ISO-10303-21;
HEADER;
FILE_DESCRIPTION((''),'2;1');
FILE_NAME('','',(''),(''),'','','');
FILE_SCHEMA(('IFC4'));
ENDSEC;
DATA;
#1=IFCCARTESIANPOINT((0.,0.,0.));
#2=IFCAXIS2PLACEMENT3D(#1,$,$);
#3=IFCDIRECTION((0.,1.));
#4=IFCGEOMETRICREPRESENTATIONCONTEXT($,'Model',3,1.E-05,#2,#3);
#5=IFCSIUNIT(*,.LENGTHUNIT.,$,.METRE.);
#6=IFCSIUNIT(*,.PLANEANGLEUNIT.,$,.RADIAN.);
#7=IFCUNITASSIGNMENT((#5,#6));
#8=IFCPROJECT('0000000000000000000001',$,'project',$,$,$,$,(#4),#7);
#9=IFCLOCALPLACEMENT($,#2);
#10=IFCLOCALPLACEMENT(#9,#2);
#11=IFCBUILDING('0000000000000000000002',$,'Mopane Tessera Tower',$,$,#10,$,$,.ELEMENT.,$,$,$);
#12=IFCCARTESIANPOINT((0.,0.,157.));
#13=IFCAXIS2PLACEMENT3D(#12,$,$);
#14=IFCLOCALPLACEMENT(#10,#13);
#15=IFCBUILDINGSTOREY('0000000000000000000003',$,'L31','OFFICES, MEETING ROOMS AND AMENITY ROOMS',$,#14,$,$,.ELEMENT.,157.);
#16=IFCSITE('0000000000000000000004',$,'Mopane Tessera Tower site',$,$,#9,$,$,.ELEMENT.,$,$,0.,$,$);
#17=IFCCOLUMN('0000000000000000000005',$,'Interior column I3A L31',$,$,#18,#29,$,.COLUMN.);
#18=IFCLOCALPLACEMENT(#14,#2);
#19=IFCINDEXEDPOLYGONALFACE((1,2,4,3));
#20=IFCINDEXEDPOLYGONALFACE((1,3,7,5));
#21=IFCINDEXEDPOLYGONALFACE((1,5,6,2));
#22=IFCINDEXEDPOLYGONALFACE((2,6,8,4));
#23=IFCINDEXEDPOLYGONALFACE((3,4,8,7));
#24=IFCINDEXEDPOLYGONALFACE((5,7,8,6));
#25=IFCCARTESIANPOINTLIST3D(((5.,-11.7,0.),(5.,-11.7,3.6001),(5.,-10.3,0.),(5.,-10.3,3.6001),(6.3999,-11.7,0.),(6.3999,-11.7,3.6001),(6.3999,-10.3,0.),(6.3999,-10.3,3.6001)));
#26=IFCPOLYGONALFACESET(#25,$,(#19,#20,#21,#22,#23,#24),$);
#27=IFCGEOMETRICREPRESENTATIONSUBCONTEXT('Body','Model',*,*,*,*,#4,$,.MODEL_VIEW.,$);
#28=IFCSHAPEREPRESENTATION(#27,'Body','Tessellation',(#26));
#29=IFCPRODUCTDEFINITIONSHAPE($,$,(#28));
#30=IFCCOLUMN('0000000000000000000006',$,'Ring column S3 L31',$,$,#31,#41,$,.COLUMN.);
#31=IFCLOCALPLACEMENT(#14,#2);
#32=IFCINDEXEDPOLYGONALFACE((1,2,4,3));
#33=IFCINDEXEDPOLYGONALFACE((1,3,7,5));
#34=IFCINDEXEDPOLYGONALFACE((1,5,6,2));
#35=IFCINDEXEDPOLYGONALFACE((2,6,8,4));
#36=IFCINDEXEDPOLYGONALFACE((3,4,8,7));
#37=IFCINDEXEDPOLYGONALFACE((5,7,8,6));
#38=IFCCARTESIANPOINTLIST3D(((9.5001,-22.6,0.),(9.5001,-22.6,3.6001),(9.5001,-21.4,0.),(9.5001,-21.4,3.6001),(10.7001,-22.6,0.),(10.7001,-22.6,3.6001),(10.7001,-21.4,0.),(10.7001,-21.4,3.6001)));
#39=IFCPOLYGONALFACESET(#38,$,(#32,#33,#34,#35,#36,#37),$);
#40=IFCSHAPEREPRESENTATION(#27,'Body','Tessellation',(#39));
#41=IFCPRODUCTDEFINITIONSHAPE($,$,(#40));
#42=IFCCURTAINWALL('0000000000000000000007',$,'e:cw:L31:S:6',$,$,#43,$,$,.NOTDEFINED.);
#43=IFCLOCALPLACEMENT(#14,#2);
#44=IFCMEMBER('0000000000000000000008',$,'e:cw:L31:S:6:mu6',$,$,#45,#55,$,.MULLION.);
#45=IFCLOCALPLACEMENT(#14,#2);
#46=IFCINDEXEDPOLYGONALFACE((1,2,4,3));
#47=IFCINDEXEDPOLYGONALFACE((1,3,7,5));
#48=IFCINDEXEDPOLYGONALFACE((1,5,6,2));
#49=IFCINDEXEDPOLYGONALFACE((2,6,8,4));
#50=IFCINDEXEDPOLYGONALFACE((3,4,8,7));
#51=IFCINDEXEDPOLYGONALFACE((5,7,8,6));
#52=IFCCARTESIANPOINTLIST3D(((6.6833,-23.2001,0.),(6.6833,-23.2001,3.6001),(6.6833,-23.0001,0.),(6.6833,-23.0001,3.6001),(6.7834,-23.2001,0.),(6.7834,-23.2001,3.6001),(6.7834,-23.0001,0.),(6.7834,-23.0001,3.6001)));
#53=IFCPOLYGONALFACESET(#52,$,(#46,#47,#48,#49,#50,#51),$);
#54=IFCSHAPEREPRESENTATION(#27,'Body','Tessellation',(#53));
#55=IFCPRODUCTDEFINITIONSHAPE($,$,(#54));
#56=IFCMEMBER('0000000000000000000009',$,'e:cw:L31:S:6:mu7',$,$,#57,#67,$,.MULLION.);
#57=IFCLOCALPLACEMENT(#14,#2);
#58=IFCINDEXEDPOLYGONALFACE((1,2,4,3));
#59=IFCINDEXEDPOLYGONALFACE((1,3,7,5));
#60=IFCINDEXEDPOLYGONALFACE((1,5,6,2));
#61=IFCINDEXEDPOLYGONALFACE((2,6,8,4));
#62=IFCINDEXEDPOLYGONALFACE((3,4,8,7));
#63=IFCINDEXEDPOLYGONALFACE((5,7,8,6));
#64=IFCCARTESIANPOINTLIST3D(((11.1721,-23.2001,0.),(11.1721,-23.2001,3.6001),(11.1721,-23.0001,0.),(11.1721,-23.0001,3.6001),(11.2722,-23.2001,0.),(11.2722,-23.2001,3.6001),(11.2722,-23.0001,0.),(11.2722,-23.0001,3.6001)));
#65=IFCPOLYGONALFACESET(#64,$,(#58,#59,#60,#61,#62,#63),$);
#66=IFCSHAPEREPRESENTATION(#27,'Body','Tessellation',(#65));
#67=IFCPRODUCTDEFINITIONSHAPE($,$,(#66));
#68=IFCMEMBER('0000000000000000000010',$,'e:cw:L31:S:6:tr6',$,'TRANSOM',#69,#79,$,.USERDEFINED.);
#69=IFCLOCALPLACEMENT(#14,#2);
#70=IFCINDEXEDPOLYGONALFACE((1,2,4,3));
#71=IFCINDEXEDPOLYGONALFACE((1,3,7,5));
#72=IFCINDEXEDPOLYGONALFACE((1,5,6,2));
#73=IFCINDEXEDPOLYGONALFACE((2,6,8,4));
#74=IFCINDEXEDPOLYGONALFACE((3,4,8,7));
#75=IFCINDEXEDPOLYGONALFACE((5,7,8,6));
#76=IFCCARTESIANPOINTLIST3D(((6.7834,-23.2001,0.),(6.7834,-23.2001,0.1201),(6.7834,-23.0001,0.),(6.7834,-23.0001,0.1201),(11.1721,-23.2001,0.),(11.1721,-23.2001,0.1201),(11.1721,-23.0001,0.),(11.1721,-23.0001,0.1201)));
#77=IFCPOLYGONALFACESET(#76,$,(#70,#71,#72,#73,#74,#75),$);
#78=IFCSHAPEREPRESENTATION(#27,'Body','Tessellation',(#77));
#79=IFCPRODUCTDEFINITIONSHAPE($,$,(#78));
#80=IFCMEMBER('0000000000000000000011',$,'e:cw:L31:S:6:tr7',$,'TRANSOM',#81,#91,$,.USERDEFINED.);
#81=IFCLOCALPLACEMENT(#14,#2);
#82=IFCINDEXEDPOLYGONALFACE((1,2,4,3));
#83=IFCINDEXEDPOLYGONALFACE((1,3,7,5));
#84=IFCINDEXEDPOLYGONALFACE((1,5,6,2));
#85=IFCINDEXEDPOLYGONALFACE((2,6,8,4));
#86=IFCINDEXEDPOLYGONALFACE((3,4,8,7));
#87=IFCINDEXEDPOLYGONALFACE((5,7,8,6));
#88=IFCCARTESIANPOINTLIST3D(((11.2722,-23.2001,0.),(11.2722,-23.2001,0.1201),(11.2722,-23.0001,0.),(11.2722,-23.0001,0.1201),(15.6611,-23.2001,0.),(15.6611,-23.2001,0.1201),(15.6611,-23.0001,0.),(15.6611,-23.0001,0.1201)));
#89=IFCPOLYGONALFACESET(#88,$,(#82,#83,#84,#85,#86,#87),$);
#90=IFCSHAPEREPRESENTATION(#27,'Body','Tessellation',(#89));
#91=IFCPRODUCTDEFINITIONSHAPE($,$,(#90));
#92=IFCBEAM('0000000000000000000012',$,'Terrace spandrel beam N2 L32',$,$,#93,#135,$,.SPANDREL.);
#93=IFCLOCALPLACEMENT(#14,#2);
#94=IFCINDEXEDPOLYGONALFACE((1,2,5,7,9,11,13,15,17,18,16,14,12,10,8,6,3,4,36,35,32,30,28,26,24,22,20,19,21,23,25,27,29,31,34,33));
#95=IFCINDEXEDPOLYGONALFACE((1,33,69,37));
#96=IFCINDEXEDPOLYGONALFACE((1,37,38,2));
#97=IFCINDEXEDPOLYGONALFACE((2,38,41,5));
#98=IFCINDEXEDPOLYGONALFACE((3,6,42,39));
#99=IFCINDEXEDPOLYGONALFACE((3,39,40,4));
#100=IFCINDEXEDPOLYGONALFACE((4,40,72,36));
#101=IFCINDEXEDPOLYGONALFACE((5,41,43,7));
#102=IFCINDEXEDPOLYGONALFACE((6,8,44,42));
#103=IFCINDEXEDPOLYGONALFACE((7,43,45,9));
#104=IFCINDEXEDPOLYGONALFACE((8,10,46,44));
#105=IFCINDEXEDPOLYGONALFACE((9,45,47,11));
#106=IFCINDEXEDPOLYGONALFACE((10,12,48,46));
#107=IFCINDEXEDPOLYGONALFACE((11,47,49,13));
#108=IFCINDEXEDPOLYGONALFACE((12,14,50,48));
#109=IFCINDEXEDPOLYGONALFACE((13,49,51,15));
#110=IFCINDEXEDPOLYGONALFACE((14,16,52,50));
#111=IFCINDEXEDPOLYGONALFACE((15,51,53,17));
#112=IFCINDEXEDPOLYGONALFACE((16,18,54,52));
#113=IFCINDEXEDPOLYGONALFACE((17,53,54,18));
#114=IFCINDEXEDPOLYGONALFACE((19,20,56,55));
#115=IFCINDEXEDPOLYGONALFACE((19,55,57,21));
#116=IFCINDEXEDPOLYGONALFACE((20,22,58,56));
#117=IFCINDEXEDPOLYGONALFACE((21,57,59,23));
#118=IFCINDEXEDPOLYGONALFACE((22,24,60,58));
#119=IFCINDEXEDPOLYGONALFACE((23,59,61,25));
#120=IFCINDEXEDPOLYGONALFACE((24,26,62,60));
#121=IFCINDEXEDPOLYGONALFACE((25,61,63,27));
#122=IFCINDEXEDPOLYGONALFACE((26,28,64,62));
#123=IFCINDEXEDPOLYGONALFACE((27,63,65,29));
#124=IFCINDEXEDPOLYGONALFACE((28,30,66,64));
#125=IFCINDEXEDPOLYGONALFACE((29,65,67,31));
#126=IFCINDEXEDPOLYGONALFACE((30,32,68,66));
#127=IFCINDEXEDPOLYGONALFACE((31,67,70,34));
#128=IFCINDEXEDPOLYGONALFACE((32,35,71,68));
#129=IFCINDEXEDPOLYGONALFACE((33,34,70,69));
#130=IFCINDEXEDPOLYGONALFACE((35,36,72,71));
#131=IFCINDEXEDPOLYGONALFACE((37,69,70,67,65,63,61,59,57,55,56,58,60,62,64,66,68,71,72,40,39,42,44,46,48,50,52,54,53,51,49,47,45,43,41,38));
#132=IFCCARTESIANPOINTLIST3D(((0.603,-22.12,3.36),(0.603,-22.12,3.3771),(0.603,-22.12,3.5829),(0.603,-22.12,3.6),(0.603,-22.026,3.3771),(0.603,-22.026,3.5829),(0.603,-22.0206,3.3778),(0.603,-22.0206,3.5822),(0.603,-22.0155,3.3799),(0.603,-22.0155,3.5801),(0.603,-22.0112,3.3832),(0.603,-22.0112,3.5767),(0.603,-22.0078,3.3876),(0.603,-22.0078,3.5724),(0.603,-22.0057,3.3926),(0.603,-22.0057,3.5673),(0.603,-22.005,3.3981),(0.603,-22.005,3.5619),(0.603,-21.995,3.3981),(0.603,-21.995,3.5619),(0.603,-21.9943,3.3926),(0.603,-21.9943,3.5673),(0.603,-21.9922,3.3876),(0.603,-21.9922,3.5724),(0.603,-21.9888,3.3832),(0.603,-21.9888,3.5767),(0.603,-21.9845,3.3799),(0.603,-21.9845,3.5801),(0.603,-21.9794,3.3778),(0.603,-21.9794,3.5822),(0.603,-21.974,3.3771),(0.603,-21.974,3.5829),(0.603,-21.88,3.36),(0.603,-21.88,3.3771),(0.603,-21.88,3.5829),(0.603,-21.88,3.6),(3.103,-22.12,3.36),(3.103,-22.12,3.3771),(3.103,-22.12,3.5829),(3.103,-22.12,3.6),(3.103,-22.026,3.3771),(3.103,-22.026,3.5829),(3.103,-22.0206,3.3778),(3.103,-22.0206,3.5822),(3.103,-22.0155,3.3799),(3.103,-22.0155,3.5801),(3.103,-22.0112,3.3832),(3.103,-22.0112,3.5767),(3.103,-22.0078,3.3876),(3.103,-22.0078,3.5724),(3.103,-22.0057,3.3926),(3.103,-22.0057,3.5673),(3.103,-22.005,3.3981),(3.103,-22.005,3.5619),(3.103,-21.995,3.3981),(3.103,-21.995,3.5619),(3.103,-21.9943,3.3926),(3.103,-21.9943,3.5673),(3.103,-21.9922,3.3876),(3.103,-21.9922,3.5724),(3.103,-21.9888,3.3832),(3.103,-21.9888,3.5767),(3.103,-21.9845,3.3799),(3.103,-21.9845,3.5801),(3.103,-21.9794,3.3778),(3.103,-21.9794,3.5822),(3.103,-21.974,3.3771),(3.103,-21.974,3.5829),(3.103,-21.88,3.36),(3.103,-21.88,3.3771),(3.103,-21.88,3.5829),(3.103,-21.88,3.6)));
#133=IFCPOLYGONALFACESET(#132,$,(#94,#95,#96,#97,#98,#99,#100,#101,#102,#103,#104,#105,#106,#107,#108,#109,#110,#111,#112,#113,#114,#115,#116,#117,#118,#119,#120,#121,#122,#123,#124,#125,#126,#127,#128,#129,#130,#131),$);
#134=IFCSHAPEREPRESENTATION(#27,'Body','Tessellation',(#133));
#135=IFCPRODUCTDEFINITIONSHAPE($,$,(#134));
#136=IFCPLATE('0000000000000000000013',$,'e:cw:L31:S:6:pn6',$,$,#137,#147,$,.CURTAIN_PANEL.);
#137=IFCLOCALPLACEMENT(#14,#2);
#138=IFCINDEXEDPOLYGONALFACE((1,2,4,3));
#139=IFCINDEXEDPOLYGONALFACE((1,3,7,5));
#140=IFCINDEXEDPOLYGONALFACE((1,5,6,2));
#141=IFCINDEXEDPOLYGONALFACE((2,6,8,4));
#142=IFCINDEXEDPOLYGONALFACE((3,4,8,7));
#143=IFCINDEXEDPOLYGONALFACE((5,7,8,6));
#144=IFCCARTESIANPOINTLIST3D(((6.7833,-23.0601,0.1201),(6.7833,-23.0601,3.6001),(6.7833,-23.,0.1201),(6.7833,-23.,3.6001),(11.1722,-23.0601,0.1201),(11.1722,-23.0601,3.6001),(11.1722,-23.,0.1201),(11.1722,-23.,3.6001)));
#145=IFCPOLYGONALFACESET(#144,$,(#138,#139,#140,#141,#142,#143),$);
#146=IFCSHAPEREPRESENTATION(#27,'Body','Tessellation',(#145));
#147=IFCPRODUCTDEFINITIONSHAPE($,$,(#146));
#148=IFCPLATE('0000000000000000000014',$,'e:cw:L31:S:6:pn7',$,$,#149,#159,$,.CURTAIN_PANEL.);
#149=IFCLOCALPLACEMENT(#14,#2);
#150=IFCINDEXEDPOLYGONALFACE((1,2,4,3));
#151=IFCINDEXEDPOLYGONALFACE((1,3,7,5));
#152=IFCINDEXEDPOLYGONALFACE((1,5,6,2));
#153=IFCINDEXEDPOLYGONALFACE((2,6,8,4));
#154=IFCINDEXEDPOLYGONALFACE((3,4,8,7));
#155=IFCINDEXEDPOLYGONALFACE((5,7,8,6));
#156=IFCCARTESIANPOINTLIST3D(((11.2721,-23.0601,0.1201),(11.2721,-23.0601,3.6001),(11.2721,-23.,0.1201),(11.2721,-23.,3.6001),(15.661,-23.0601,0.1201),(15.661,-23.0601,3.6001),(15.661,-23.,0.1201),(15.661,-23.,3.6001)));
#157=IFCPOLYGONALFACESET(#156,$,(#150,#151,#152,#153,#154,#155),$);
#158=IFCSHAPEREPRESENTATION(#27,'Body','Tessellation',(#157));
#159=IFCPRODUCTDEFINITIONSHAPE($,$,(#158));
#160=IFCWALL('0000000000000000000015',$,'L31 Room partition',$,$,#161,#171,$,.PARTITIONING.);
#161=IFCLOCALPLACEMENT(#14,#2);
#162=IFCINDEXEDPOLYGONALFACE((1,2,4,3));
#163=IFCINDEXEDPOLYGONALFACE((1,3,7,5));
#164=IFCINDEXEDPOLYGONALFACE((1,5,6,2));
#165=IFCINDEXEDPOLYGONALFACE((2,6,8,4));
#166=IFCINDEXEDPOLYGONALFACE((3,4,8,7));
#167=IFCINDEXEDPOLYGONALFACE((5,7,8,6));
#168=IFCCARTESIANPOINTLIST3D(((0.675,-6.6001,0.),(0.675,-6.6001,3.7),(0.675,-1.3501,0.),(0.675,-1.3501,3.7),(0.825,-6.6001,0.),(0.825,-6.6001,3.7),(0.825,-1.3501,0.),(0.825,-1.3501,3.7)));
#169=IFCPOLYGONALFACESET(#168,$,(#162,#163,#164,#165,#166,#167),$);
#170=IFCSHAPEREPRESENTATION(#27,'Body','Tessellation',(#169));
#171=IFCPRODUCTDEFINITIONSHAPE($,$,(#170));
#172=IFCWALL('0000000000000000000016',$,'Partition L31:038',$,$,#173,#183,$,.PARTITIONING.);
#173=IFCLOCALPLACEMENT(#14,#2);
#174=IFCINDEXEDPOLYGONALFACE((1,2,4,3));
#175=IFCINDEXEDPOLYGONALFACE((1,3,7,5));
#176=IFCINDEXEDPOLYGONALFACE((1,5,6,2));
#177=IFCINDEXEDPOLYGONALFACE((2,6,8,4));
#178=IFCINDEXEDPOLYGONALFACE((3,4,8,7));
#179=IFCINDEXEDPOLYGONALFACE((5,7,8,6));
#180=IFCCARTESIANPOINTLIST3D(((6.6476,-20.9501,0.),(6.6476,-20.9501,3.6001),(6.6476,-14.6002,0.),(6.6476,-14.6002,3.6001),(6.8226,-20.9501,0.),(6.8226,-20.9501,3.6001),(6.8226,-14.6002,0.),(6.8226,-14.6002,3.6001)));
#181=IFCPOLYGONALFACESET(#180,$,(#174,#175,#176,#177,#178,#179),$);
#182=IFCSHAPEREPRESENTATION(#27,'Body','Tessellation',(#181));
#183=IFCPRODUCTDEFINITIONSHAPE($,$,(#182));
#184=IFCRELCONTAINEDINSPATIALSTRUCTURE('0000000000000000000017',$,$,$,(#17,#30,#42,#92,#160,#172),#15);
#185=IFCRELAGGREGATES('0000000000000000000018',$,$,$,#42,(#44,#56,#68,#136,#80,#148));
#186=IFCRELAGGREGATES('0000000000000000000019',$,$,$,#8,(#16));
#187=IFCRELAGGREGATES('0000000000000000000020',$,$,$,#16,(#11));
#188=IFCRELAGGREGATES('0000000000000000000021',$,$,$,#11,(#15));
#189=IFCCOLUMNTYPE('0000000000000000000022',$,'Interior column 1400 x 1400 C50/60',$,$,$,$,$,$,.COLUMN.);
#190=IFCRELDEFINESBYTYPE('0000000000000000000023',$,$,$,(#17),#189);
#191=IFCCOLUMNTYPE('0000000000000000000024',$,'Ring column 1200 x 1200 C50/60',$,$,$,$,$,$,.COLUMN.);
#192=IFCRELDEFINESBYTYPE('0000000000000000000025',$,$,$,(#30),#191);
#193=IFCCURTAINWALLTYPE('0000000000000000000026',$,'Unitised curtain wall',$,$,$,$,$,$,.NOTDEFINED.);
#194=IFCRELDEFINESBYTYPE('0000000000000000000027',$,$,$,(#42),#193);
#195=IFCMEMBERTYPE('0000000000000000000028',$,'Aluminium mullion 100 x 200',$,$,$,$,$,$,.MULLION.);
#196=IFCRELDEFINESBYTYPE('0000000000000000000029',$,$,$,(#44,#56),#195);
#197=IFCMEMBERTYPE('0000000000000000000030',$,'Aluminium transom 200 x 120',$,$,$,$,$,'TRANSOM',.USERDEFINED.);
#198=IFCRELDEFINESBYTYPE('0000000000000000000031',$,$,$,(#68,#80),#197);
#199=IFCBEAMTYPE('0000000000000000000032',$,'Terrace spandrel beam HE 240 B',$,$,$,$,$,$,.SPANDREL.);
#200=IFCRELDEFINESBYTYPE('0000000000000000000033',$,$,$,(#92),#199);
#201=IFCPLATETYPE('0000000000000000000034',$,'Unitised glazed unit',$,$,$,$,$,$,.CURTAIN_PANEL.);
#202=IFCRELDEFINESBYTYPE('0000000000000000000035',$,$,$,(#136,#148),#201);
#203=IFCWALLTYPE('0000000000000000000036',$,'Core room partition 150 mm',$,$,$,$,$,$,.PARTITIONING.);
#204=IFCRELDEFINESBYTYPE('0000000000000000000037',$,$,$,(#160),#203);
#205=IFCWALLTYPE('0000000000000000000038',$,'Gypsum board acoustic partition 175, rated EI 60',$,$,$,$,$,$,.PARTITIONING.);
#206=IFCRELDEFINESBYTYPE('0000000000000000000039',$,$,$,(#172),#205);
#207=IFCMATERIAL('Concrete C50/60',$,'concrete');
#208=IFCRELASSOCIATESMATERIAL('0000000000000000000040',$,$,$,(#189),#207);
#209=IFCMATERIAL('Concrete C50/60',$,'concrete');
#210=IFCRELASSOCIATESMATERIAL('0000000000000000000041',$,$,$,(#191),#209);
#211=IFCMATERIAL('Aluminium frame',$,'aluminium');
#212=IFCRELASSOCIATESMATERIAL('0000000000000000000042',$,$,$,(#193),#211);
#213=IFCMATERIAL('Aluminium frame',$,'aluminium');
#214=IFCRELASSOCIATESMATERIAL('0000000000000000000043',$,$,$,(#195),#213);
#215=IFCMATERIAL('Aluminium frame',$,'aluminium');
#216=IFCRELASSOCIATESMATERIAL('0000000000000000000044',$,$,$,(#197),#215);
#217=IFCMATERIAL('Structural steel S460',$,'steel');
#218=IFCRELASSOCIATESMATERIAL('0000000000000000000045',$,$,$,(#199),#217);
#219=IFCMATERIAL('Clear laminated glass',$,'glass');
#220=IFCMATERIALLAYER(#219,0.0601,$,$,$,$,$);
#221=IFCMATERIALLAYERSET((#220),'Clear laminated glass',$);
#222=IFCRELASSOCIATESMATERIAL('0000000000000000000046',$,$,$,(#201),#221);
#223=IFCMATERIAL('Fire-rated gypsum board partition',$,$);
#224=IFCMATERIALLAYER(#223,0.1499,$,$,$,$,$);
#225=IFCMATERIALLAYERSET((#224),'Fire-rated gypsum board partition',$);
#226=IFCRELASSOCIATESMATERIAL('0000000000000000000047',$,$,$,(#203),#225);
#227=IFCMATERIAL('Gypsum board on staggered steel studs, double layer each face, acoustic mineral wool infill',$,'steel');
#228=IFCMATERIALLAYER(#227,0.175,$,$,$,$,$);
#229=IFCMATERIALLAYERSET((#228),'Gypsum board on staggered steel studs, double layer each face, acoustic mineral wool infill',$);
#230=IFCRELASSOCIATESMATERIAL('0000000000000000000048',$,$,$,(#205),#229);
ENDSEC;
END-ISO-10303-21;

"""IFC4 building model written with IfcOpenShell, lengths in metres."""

from ifc_helpers import new_model, si_unit, direction, frame, frame_2d, origin, origin_2d, place, context, subcontext, project, spatial, rectangle, i_section, extrude, material, layer, layer_set, material_profile, profile_set, type_object, element, aggregate, save


model = new_model("IFC4")

# Units and contexts
model_context = context("Model", 3, precision=1e-05, world=origin(), true_north=direction((0.0, 1.0)))
body_context = subcontext(model_context, "Body", "Model", "MODEL_VIEW")
ifc_project = project(units=[si_unit("LENGTHUNIT", "METRE"), si_unit("PLANEANGLEUNIT", "RADIAN")], contexts=[model_context])

# Site, building, storey
site_placement = place(None, origin())
site = spatial("IfcSite", under=ifc_project, at=site_placement, Name="Mopane Tessera Tower site", CompositionType="ELEMENT", RefElevation=0.0)
building_placement = place(site_placement, origin())
building = spatial("IfcBuilding", under=site, at=building_placement, Name="Mopane Tessera Tower", CompositionType="ELEMENT")
storey_placement = place(building_placement, frame((0.0, 0.0, 157.0)))
storey = spatial("IfcBuildingStorey", under=building, at=storey_placement, Name="L31", Description="OFFICES, MEETING ROOMS AND AMENITY ROOMS", CompositionType="ELEMENT", Elevation=157.0)

# Columns
ifc_material_1 = material(Name="Concrete C50/60", Category="concrete")
ifc_material_profile_1 = material_profile(ifc_material_1, rectangle(XDim=1.3999, YDim=1.3999, at=origin_2d()))
ifc_profile_set_1 = profile_set([ifc_material_profile_1], Name="Concrete C50/60")
column_type_1 = type_object("IfcColumnType", Name="Interior column 1400 x 1400 C50/60", PredefinedType="COLUMN", material=ifc_profile_set_1)
column_1_placement = place(storey_placement, frame((5.7, -11.0, 0.0), z_axis=(0.0, 0.0, 1.0), x_axis=(1.0, 0.0, 0.0)))
element("IfcColumn", 1, at=column_1_placement, inside=storey, type_object=column_type_1, Name="Interior column I3A L31", PredefinedType="COLUMN", context=body_context, shape_type="SweptSolid", body=[
    extrude(rectangle(XDim=1.3999, YDim=1.3999, at=origin_2d()), origin(), (0.0, 0.0, 1.0), 3.6001),
])
ifc_material_2 = material(Name="Concrete C50/60", Category="concrete")
ifc_material_profile_2 = material_profile(ifc_material_2, rectangle(XDim=1.2, YDim=1.2, at=origin_2d()))
ifc_profile_set_2 = profile_set([ifc_material_profile_2], Name="Concrete C50/60")
column_type_2 = type_object("IfcColumnType", Name="Ring column 1200 x 1200 C50/60", PredefinedType="COLUMN", material=ifc_profile_set_2)
column_2_placement = place(storey_placement, frame((10.1001, -22.0, 0.0), z_axis=(0.0, 0.0, 1.0), x_axis=(1.0, 0.0, 0.0)))
element("IfcColumn", 2, at=column_2_placement, inside=storey, type_object=column_type_2, Name="Ring column S3 L31", PredefinedType="COLUMN", context=body_context, shape_type="SweptSolid", body=[
    extrude(rectangle(XDim=1.2, YDim=1.2, at=origin_2d()), origin(), (0.0, 0.0, 1.0), 3.6001),
])

# Curtain wall, members
ifc_material_3 = material(Name="Aluminium frame", Category="aluminium")
curtain_wall_type = type_object("IfcCurtainWallType", Name="Unitised curtain wall", PredefinedType="NOTDEFINED", material=ifc_material_3)
curtain_wall_placement = place(storey_placement, origin())
curtain_wall = element("IfcCurtainWall", 3, at=curtain_wall_placement, inside=storey, type_object=curtain_wall_type, Name="e:cw:L31:S:6", PredefinedType="NOTDEFINED")
ifc_material_4 = material(Name="Aluminium frame", Category="aluminium")
ifc_material_profile_3 = material_profile(ifc_material_4, rectangle(XDim=0.1001, YDim=0.2, at=origin_2d()))
ifc_profile_set_3 = profile_set([ifc_material_profile_3], Name="Aluminium frame")
member_type_1 = type_object("IfcMemberType", Name="Aluminium mullion 100 x 200", PredefinedType="MULLION", material=ifc_profile_set_3)
member_1_placement = place(storey_placement, frame((6.7334, -23.1001, 0.0), z_axis=(0.0, 0.0, 1.0), x_axis=(1.0, 0.0, 0.0)))
member_1 = element("IfcMember", 4, at=member_1_placement, type_object=member_type_1, Name="e:cw:L31:S:6:mu6", PredefinedType="MULLION", context=body_context, shape_type="SweptSolid", body=[
    extrude(rectangle(XDim=0.1001, YDim=0.2, at=origin_2d()), origin(), (0.0, 0.0, 1.0), 3.6001),
])
member_2_placement = place(storey_placement, frame((11.2222, -23.1001, 0.0), z_axis=(0.0, 0.0, 1.0), x_axis=(1.0, 0.0, 0.0)))
member_2 = element("IfcMember", 5, at=member_2_placement, type_object=member_type_1, Name="e:cw:L31:S:6:mu7", PredefinedType="MULLION", context=body_context, shape_type="SweptSolid", body=[
    extrude(rectangle(XDim=0.1001, YDim=0.2, at=origin_2d()), origin(), (0.0, 0.0, 1.0), 3.6001),
])
ifc_material_5 = material(Name="Aluminium frame", Category="aluminium")
ifc_material_profile_4 = material_profile(ifc_material_5, rectangle(XDim=0.2, YDim=0.1201, at=origin_2d()))
ifc_profile_set_4 = profile_set([ifc_material_profile_4], Name="Aluminium frame")
member_type_2 = type_object("IfcMemberType", Name="Aluminium transom 200 x 120", ElementType="TRANSOM", PredefinedType="USERDEFINED", material=ifc_profile_set_4)
member_3_placement = place(storey_placement, frame((6.7834, -23.1001, 0.0601), z_axis=(1.0, 0.0, 0.0), x_axis=(0.0, 1.0, 0.0)))
member_3 = element("IfcMember", 6, at=member_3_placement, type_object=member_type_2, Name="e:cw:L31:S:6:tr6", ObjectType="TRANSOM", PredefinedType="USERDEFINED", context=body_context, shape_type="SweptSolid", body=[
    extrude(rectangle(XDim=0.2, YDim=0.1201, at=origin_2d()), origin(), (0.0, 0.0, 1.0), 4.3887),
])
member_4_placement = place(storey_placement, frame((11.2722, -23.1001, 0.0601), z_axis=(1.0, 0.0, 0.0), x_axis=(0.0, 1.0, 0.0)))
member_4 = element("IfcMember", 7, at=member_4_placement, type_object=member_type_2, Name="e:cw:L31:S:6:tr7", ObjectType="TRANSOM", PredefinedType="USERDEFINED", context=body_context, shape_type="SweptSolid", body=[
    extrude(rectangle(XDim=0.2, YDim=0.1201, at=origin_2d()), origin(), (0.0, 0.0, 1.0), 4.3889),
])

# Beam
ifc_material_6 = material(Name="Structural steel S460", Category="steel")
ifc_material_profile_5 = material_profile(ifc_material_6, i_section(OverallWidth=0.24, OverallDepth=0.24, WebThickness=0.01, FlangeThickness=0.0171, FilletRadius=0.021, at=origin_2d()))
ifc_profile_set_5 = profile_set([ifc_material_profile_5], Name="Structural steel S460")
beam_type = type_object("IfcBeamType", Name="Terrace spandrel beam HE 240 B", PredefinedType="SPANDREL", material=ifc_profile_set_5)
beam_placement = place(storey_placement, frame((0.603, -22.0, 3.48), z_axis=(1.0, 0.0, 0.0), x_axis=(0.0, 1.0, 0.0)))
element("IfcBeam", 8, at=beam_placement, inside=storey, type_object=beam_type, Name="Terrace spandrel beam N2 L32", PredefinedType="SPANDREL", context=body_context, shape_type="SweptSolid", body=[
    extrude(i_section(OverallWidth=0.24, OverallDepth=0.24, WebThickness=0.01, FlangeThickness=0.0171, FilletRadius=0.021, at=origin_2d()), origin(), (0.0, 0.0, 1.0), 2.5),
])

# Plates
ifc_material_7 = material(Name="Clear laminated glass", Category="glass")
ifc_layer_1 = layer(ifc_material_7, 0.0601)
ifc_layer_set_1 = layer_set([ifc_layer_1], Name="Clear laminated glass")
plate_type = type_object("IfcPlateType", Name="Unitised glazed unit", PredefinedType="CURTAIN_PANEL", material=ifc_layer_set_1)
plate_1_placement = place(storey_placement, frame((8.9778, -23.03, 0.1201), z_axis=(0.0, 0.0, 1.0), x_axis=(1.0, 0.0, 0.0)))
plate_1 = element("IfcPlate", 9, at=plate_1_placement, type_object=plate_type, Name="e:cw:L31:S:6:pn6", PredefinedType="CURTAIN_PANEL", context=body_context, shape_type="SweptSolid", body=[
    extrude(rectangle(XDim=4.3889, YDim=0.0601, at=origin_2d()), origin(), (0.0, 0.0, 1.0), 3.48),
])
plate_2_placement = place(storey_placement, frame((13.4666, -23.03, 0.1201), z_axis=(0.0, 0.0, 1.0), x_axis=(1.0, 0.0, 0.0)))
plate_2 = element("IfcPlate", 10, at=plate_2_placement, type_object=plate_type, Name="e:cw:L31:S:6:pn7", PredefinedType="CURTAIN_PANEL", context=body_context, shape_type="SweptSolid", body=[
    extrude(rectangle(XDim=4.3889, YDim=0.0601, at=origin_2d()), origin(), (0.0, 0.0, 1.0), 3.48),
])
aggregate(curtain_wall, [member_1, member_2, member_3, plate_1, member_4, plate_2])

# Walls
ifc_material_8 = material(Name="Fire-rated gypsum board partition")
ifc_layer_2 = layer(ifc_material_8, 0.1499)
ifc_layer_set_2 = layer_set([ifc_layer_2], Name="Fire-rated gypsum board partition")
wall_type_1 = type_object("IfcWallType", Name="Core room partition 150 mm", PredefinedType="PARTITIONING", material=ifc_layer_set_2)
wall_1_placement = place(storey_placement, frame((0.75, -6.6001, 0.0), z_axis=(0.0, 0.0, 1.0), x_axis=(0.0, 1.0, 0.0)))
element("IfcWall", 11, at=wall_1_placement, inside=storey, type_object=wall_type_1, Name="L31 Room partition", PredefinedType="PARTITIONING", context=body_context, shape_type="SweptSolid", body=[
    extrude(rectangle(XDim=5.25, YDim=0.1499, at=frame_2d((2.625, 0.0))), origin(), (0.0, 0.0, 1.0), 3.7),
])
ifc_material_9 = material(Name="Gypsum board on staggered steel studs, double layer each face, acoustic mineral wool infill", Category="steel")
ifc_layer_3 = layer(ifc_material_9, 0.175)
ifc_layer_set_3 = layer_set([ifc_layer_3], Name="Gypsum board on staggered steel studs, double layer each face, acoustic mineral wool infill")
wall_type_2 = type_object("IfcWallType", Name="Gypsum board acoustic partition 175, rated EI 60", PredefinedType="PARTITIONING", material=ifc_layer_set_3)
wall_2_placement = place(storey_placement, frame((6.7351, -20.95, 0.0), z_axis=(0.0, 0.0, 1.0), x_axis=(0.0, 1.0, 0.0)))
element("IfcWall", 12, at=wall_2_placement, inside=storey, type_object=wall_type_2, Name="Partition L31:038", PredefinedType="PARTITIONING", context=body_context, shape_type="SweptSolid", body=[
    extrude(rectangle(XDim=6.3499, YDim=0.175, at=frame_2d((3.1748, 0.0))), origin(), (0.0, 0.0, 1.0), 3.6001),
])

save(model, "model.ifc")
